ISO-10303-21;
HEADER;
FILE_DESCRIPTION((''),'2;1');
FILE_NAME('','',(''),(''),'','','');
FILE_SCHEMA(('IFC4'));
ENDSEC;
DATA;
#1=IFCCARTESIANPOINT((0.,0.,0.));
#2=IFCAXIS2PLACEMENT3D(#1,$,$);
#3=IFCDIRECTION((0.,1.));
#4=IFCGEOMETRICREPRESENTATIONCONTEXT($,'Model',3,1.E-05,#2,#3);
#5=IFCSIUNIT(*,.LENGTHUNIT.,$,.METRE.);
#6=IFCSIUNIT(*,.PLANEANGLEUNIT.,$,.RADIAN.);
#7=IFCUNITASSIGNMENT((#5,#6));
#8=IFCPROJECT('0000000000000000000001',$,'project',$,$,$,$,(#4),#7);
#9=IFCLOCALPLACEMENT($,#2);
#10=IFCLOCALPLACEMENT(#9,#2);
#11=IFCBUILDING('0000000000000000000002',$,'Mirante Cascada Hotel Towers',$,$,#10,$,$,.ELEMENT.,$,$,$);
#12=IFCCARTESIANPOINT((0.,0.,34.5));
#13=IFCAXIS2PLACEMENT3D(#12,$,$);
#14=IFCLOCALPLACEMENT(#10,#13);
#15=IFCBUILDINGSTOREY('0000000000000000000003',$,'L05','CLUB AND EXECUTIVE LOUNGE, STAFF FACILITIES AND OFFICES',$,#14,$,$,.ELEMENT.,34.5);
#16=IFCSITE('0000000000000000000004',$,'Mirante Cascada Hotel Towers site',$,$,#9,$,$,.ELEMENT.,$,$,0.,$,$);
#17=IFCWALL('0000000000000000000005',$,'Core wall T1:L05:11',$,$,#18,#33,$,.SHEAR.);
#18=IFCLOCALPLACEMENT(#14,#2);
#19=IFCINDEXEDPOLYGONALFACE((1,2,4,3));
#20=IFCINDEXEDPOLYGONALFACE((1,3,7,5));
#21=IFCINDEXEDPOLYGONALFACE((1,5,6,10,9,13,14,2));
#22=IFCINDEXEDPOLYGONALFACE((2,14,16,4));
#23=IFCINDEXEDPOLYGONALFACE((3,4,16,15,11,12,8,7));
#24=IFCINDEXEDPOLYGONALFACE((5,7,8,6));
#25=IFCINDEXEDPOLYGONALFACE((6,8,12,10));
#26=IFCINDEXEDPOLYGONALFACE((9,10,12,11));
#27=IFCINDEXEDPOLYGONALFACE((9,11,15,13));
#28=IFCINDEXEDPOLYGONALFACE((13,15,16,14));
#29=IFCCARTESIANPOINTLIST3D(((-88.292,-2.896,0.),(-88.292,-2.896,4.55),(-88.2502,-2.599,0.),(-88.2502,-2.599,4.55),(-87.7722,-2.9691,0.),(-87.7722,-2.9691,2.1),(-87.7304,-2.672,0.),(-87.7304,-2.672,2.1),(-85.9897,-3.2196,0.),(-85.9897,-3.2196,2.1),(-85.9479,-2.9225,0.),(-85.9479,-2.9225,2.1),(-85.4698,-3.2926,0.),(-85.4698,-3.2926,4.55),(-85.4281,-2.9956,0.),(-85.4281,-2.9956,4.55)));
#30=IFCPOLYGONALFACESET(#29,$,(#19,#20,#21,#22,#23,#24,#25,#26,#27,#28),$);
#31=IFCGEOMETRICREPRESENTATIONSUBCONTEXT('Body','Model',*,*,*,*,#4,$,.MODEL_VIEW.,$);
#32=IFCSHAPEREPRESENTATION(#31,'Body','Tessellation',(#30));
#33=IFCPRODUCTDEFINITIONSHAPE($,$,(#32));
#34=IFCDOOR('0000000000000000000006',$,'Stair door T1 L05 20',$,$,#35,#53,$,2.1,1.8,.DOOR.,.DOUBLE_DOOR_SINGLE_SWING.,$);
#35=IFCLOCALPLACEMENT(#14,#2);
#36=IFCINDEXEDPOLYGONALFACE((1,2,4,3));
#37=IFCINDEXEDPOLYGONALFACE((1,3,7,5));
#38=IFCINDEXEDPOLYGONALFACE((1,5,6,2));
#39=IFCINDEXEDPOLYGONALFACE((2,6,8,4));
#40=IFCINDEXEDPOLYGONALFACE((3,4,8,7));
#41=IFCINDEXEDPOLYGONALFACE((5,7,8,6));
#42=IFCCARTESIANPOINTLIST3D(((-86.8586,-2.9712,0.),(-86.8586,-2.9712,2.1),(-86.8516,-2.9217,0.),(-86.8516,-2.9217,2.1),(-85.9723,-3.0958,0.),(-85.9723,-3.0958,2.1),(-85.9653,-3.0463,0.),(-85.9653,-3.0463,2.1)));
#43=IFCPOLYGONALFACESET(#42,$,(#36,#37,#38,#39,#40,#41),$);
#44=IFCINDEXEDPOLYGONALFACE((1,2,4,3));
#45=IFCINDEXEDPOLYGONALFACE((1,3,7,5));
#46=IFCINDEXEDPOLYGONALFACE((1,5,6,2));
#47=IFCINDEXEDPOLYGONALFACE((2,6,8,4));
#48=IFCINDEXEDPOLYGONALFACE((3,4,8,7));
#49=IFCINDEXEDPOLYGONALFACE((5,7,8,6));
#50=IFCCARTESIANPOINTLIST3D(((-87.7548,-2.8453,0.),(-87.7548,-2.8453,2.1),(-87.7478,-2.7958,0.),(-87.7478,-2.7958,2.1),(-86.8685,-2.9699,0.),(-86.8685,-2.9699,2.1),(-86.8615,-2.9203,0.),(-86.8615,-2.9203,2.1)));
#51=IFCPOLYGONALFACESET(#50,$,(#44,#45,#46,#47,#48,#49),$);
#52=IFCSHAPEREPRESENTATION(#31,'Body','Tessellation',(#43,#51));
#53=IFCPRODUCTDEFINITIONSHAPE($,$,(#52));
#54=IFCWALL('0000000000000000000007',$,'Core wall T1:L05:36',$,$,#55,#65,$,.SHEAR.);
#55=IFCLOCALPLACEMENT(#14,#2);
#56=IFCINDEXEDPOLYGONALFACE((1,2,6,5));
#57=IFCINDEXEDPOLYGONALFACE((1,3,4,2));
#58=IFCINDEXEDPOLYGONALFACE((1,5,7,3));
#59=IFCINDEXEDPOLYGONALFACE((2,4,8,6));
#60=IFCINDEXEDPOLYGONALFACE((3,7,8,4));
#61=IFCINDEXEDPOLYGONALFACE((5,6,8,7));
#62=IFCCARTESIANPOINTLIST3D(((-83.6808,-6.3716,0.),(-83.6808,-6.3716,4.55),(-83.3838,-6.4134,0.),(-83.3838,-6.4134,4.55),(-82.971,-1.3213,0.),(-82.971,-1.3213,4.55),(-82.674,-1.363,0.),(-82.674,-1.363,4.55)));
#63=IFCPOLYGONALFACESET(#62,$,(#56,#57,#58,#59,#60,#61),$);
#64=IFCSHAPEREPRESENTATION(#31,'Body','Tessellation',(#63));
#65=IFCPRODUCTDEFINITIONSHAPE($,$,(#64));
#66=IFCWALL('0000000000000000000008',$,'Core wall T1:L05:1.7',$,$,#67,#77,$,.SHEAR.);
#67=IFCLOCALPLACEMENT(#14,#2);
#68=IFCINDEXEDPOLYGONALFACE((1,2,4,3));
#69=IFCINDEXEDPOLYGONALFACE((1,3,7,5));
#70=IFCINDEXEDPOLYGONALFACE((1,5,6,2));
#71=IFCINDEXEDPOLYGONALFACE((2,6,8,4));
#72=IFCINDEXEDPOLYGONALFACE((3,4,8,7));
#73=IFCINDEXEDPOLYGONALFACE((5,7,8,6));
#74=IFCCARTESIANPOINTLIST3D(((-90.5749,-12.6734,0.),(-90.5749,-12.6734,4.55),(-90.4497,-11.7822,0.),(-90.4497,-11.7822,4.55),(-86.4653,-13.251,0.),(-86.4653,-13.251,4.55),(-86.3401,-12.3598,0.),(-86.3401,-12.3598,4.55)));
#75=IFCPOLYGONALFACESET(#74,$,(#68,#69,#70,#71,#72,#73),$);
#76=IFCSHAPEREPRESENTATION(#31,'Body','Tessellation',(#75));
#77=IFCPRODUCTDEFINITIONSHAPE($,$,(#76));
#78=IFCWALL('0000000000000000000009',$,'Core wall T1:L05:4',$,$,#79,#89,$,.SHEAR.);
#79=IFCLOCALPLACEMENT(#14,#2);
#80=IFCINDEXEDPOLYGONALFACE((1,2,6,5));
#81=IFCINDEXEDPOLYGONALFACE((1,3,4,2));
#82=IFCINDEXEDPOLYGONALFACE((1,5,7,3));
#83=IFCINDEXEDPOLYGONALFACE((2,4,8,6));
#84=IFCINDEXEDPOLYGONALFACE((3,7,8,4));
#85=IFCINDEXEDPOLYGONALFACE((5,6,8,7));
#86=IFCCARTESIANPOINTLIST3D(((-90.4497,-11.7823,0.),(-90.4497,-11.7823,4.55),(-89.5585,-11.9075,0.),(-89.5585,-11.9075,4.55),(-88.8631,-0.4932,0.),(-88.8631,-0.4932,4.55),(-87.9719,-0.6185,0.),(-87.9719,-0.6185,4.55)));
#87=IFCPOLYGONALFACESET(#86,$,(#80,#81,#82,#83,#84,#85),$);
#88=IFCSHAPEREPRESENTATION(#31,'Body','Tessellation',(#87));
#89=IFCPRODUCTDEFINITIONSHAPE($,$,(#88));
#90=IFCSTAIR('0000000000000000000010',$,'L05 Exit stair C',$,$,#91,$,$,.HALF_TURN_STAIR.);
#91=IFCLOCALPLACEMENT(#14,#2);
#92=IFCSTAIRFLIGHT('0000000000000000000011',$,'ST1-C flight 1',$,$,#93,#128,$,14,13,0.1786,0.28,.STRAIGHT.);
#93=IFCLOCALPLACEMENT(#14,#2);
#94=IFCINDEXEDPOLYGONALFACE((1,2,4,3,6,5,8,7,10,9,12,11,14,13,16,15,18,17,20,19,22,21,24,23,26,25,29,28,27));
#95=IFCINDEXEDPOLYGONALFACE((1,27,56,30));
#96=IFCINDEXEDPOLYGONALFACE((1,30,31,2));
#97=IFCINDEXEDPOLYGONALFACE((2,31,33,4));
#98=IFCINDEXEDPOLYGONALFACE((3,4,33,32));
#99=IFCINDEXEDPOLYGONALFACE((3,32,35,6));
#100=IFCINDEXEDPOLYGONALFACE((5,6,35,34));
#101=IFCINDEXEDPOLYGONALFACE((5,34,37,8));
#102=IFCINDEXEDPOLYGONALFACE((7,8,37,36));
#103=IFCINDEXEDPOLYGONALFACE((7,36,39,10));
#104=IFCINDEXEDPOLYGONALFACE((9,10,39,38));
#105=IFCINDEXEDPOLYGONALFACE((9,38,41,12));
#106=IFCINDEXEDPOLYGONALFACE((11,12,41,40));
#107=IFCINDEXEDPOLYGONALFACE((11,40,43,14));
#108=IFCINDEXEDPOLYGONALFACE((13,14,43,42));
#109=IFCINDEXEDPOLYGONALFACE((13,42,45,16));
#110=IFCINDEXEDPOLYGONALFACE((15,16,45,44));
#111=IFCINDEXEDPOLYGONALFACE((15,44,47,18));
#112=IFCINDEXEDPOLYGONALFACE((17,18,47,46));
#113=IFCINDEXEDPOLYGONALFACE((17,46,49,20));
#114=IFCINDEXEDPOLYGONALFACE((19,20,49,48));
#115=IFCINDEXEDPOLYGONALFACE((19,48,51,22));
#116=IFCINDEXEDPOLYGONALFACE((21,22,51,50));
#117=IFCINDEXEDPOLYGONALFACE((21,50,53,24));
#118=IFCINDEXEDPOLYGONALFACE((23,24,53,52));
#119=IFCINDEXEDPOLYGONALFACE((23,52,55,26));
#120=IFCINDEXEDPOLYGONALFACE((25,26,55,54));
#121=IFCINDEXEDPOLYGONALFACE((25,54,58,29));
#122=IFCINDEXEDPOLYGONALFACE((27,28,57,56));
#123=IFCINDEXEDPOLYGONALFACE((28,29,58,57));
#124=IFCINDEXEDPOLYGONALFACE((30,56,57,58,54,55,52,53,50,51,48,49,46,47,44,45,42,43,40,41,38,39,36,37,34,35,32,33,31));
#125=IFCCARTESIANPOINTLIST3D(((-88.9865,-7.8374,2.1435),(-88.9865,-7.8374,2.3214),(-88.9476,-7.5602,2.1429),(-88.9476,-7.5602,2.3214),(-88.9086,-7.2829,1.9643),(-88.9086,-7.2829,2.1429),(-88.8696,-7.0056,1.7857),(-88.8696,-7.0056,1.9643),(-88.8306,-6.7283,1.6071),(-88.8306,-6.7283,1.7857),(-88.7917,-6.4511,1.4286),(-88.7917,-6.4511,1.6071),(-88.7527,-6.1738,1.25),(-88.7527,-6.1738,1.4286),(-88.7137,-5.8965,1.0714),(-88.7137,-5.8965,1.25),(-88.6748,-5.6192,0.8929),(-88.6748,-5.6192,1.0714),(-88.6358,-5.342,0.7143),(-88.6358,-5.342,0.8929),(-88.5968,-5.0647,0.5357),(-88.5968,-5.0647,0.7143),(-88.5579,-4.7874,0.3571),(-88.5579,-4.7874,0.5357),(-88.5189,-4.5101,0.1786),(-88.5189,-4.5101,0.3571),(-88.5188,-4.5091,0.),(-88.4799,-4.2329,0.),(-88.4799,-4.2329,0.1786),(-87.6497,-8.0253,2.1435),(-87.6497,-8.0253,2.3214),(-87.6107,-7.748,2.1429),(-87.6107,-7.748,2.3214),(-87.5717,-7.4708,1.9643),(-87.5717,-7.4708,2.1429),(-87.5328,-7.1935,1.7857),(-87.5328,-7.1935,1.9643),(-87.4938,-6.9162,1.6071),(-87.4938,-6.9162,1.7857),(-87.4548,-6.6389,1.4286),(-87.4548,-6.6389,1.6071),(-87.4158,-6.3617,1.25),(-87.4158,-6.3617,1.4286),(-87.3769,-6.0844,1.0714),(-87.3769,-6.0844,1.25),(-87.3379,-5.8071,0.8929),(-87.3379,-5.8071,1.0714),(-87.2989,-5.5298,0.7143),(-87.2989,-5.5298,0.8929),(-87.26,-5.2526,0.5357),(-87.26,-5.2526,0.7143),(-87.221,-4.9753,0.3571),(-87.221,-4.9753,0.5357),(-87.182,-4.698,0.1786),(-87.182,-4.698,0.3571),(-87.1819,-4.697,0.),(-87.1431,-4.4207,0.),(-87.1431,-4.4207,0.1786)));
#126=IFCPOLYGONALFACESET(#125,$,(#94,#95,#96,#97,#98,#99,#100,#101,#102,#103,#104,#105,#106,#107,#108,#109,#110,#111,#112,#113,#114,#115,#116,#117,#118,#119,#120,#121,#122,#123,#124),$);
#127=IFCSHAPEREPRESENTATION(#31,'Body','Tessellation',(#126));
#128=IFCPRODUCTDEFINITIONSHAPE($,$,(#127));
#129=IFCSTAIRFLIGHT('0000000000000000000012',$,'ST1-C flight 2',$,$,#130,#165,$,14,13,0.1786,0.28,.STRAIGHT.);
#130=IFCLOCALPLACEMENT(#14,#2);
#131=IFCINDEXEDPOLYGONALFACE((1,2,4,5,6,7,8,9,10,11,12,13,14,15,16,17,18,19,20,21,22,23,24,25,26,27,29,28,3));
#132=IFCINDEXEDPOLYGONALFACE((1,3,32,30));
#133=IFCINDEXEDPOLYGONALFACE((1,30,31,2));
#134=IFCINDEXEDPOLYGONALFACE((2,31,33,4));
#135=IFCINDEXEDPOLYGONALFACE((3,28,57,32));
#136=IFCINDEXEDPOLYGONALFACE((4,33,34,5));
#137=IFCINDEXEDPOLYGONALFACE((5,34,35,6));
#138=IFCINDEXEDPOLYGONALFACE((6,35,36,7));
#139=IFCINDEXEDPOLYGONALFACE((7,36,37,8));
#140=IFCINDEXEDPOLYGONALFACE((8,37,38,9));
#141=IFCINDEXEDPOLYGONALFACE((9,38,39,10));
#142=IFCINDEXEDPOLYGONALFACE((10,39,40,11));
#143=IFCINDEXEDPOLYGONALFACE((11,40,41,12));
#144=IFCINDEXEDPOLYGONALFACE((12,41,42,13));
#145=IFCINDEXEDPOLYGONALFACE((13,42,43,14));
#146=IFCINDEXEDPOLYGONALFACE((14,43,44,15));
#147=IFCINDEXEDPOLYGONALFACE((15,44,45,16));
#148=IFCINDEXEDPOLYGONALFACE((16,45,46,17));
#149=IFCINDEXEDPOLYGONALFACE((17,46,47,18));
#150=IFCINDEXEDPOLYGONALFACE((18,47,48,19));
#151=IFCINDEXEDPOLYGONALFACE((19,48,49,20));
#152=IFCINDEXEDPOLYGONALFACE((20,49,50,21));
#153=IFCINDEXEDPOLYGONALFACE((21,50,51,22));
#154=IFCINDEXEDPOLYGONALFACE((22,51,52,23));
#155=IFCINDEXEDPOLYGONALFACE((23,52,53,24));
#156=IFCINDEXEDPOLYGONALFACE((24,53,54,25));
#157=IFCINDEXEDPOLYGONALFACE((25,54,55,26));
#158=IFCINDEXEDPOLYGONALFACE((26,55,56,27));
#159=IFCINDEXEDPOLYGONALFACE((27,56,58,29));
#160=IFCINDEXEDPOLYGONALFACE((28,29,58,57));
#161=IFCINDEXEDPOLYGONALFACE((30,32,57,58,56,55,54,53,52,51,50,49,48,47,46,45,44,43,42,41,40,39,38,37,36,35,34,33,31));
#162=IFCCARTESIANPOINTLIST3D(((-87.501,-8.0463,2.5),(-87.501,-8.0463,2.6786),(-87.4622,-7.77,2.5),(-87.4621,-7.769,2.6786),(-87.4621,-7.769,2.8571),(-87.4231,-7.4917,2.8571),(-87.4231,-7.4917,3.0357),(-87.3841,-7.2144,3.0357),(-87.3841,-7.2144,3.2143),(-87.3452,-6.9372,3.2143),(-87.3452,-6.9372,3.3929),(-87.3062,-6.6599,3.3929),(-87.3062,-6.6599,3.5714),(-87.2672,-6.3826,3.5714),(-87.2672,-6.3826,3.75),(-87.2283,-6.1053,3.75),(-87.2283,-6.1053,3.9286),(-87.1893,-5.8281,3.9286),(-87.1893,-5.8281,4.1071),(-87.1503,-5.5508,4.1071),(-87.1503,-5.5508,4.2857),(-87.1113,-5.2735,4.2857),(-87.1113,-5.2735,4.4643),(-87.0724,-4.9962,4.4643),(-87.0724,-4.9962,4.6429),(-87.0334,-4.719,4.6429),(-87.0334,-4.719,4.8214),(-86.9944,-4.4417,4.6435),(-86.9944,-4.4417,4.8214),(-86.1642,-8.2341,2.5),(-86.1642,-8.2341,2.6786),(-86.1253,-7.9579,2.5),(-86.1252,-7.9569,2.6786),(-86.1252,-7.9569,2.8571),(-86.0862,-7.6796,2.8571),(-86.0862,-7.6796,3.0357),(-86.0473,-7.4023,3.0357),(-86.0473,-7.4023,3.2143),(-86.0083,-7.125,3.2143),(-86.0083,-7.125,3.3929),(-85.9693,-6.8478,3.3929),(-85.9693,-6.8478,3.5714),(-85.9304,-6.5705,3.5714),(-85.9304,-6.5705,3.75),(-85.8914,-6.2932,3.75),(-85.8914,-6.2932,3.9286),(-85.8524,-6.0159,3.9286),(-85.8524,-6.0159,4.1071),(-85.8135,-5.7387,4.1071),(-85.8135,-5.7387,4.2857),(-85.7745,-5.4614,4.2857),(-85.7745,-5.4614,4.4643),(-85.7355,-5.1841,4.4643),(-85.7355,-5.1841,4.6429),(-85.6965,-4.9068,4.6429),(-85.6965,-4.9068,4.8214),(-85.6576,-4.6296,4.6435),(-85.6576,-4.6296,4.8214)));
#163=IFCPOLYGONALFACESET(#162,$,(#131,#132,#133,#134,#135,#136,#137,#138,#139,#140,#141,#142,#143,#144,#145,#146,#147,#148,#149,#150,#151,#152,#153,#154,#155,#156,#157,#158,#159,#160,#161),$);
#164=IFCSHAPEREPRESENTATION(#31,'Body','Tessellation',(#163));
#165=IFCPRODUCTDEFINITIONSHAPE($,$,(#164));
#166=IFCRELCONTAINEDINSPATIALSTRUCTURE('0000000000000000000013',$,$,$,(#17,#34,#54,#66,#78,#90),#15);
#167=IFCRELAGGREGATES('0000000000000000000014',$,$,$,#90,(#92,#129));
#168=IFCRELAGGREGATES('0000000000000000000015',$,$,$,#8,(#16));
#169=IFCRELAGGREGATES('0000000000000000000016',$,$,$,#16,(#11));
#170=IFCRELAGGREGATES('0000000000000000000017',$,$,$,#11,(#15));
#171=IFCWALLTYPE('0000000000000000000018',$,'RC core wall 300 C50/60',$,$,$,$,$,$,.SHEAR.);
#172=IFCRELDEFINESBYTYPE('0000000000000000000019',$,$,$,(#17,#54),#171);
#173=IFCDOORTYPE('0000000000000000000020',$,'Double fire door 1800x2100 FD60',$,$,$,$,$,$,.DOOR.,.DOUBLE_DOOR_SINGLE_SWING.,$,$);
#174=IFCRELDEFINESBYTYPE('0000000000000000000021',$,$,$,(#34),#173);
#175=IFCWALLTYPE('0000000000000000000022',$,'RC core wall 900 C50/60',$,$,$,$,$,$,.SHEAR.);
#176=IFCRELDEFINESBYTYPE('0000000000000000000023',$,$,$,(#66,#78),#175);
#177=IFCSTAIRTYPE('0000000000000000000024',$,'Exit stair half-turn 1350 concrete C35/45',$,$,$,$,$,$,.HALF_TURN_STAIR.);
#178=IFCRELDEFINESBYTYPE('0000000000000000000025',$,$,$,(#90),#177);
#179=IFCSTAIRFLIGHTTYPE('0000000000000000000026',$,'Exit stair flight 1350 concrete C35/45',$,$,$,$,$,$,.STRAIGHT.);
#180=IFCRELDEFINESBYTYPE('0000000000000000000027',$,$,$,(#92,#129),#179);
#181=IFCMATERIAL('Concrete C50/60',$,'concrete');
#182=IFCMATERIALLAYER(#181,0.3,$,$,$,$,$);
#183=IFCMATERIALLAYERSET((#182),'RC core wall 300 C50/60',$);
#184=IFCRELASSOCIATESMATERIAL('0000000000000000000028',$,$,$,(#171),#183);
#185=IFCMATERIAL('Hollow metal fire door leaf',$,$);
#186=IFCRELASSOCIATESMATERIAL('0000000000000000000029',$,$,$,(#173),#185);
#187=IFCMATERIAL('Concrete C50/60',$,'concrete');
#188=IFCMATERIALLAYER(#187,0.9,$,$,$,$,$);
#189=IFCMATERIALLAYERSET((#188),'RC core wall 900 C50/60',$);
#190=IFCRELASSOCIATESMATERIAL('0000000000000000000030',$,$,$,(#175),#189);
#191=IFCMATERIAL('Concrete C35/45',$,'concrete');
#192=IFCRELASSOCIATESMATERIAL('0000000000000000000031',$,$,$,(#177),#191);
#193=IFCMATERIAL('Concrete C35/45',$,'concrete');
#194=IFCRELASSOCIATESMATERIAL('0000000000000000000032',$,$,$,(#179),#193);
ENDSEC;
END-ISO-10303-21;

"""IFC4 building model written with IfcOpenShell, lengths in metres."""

from ifc_helpers import new_model, si_unit, direction, frame, frame_2d, origin, place, context, subcontext, project, spatial, polyline, rectangle, outline, extrude, material, layer, layer_set, type_object, element, fill, aggregate, save


model = new_model("IFC4")

# Units and contexts
model_context = context("Model", 3, precision=1e-05, world=origin(), true_north=direction((0.0, 1.0)))
body_context = subcontext(model_context, "Body", "Model", "MODEL_VIEW")
ifc_project = project(units=[si_unit("LENGTHUNIT", "METRE"), si_unit("PLANEANGLEUNIT", "RADIAN")], contexts=[model_context])

# Site, building, storey
site_placement = place(None, origin())
site = spatial("IfcSite", under=ifc_project, at=site_placement, Name="Mirante Cascada Hotel Towers site", CompositionType="ELEMENT", RefElevation=0.0)
building_placement = place(site_placement, origin())
building = spatial("IfcBuilding", under=site, at=building_placement, Name="Mirante Cascada Hotel Towers", CompositionType="ELEMENT")
storey_placement = place(building_placement, frame((0.0, 0.0, 34.5)))
storey = spatial("IfcBuildingStorey", under=building, at=storey_placement, Name="L05", Description="CLUB AND EXECUTIVE LOUNGE, STAFF FACILITIES AND OFFICES", CompositionType="ELEMENT", Elevation=34.5)

# Shared definitions
ifc_material_1 = material(Name="Concrete C50/60", Category="concrete")
ifc_layer_1 = layer(ifc_material_1, 0.3)
ifc_layer_set_1 = layer_set([ifc_layer_1], Name="RC core wall 300 C50/60")
wall_type_1 = type_object("IfcWallType", Name="RC core wall 300 C50/60", PredefinedType="SHEAR", material=ifc_layer_set_1)

# Wall, opening, door
wall_1_placement = place(storey_placement, frame((-85.4489, -3.1441, 0.0), z_axis=(0.0, 0.0, 1.0), x_axis=(-0.99027, 0.139161, 0.0)))
wall_1 = element("IfcWall", 1, at=wall_1_placement, inside=storey, type_object=wall_type_1, Name="Core wall T1:L05:11", PredefinedType="SHEAR", context=body_context, shape_type="SweptSolid", body=[
    extrude(rectangle(XDim=2.8499, YDim=0.3, at=frame_2d((1.425, 0.0))), origin(), (0.0, 0.0, 1.0), 4.55),
])
opening_1_placement = place(wall_1_placement, frame((0.525, 0.0, 0.0)))
opening_1 = element("IfcOpeningElement", 2, at=opening_1_placement, cuts=wall_1, PredefinedType="OPENING", context=body_context, shape_type="SweptSolid", body=[
    extrude(rectangle(XDim=1.8, YDim=2.1, at=frame_2d((0.9, 1.05))), frame((0.0, 0.15, 0.0), z_axis=(0.0, -1.0, 0.0), x_axis=(1.0, 0.0, 0.0)), (0.0, 0.0, 1.0), 0.3),
])
ifc_material_2 = material(Name="Hollow metal fire door leaf")
door_type = type_object("IfcDoorType", Name="Double fire door 1800x2100 FD60", OperationType="DOUBLE_DOOR_SINGLE_SWING", PredefinedType="DOOR", material=ifc_material_2)
door_placement = place(opening_1_placement, origin())
door = element("IfcDoor", 3, at=door_placement, inside=storey, type_object=door_type, Name="Stair door T1 L05 20", OperationType="DOUBLE_DOOR_SINGLE_SWING", OverallHeight=2.1, OverallWidth=1.8, PredefinedType="DOOR", context=body_context, shape_type="SweptSolid", body=[
    extrude(rectangle(XDim=0.895, YDim=2.1, at=frame_2d((0.4475, 1.05))), frame((0.0, 0.025, 0.0), z_axis=(0.0, -1.0, 0.0), x_axis=(1.0, 0.0, 0.0)), (0.0, 0.0, 1.0), 0.05),
    extrude(rectangle(XDim=0.895, YDim=2.1, at=frame_2d((1.3525, 1.05))), frame((0.0, 0.025, 0.0), z_axis=(0.0, -1.0, 0.0), x_axis=(1.0, 0.0, 0.0)), (0.0, 0.0, 1.0), 0.05),
])
fill(opening_1, door)

# Walls
wall_2_placement = place(storey_placement, frame((-83.5323, -6.3925, 0.0), z_axis=(0.0, 0.0, 1.0), x_axis=(0.139176, 0.990268, 0.0)))
element("IfcWall", 4, at=wall_2_placement, inside=storey, type_object=wall_type_1, Name="Core wall T1:L05:36", PredefinedType="SHEAR", context=body_context, shape_type="SweptSolid", body=[
    extrude(rectangle(XDim=5.1, YDim=0.3, at=frame_2d((2.55, 0.0))), origin(), (0.0, 0.0, 1.0), 4.55),
])
ifc_material_3 = material(Name="Concrete C50/60", Category="concrete")
ifc_layer_2 = layer(ifc_material_3, 0.9)
ifc_layer_set_2 = layer_set([ifc_layer_2], Name="RC core wall 900 C50/60")
wall_type_2 = type_object("IfcWallType", Name="RC core wall 900 C50/60", PredefinedType="SHEAR", material=ifc_layer_set_2)
wall_3_placement = place(storey_placement, frame((-86.4027, -12.8054, 0.0), z_axis=(0.0, 0.0, 1.0), x_axis=(-0.990267, 0.139181, 0.0)))
element("IfcWall", 5, at=wall_3_placement, inside=storey, type_object=wall_type_2, Name="Core wall T1:L05:1.7", PredefinedType="SHEAR", context=body_context, shape_type="SweptSolid", body=[
    extrude(rectangle(XDim=4.15, YDim=0.9, at=frame_2d((2.075, 0.0))), origin(), (0.0, 0.0, 1.0), 4.55),
])
wall_4_placement = place(storey_placement, frame((-90.0041, -11.8449, 0.0), z_axis=(0.0, 0.0, 1.0), x_axis=(0.139175, 0.990268, 0.0)))
element("IfcWall", 6, at=wall_4_placement, inside=storey, type_object=wall_type_2, Name="Core wall T1:L05:4", PredefinedType="SHEAR", context=body_context, shape_type="SweptSolid", body=[
    extrude(rectangle(XDim=11.4, YDim=0.9, at=frame_2d((5.7, 0.0))), origin(), (0.0, 0.0, 1.0), 4.55),
])

# Stair, stair flights
ifc_material_4 = material(Name="Concrete C35/45", Category="concrete")
stair_type = type_object("IfcStairType", Name="Exit stair half-turn 1350 concrete C35/45", PredefinedType="HALF_TURN_STAIR", material=ifc_material_4)
stair_placement = place(storey_placement, origin())
stair = element("IfcStair", 7, at=stair_placement, inside=storey, type_object=stair_type, Name="L05 Exit stair C", PredefinedType="HALF_TURN_STAIR")
ifc_material_5 = material(Name="Concrete C35/45", Category="concrete")
stair_flight_type = type_object("IfcStairFlightType", Name="Exit stair flight 1350 concrete C35/45", PredefinedType="STRAIGHT", material=ifc_material_5)
stair_flight_1_placement = place(storey_placement, frame((-87.8115, -4.3268, 0.0), z_axis=(0.0, 0.0, 1.0), x_axis=(-0.139173, -0.990268, 0.0)))
stair_flight_1 = element("IfcStairFlight", 8, at=stair_flight_1_placement, type_object=stair_flight_type, Name="ST1-C flight 1", NumberOfRisers=14, NumberOfTreads=13, PredefinedType="STRAIGHT", RiserHeight=0.1786, TreadLength=0.28, context=body_context, shape_type="SweptSolid", body=[
    extrude(outline(polyline([(0.0, 0.0), (0.0, 0.1786), (0.28, 0.1786), (0.28, 0.3571), (0.56, 0.3571), (0.56, 0.5357), (0.84, 0.5357), (0.84, 0.7143), (1.12, 0.7143), (1.12, 0.8929), (1.4, 0.8929), (1.4, 1.0714), (1.68, 1.0714), (1.68, 1.25), (1.96, 1.25), (1.96, 1.4286), (2.24, 1.4286), (2.24, 1.6071), (2.52, 1.6071), (2.52, 1.7857), (2.8, 1.7857), (2.8, 1.9643), (3.08, 1.9643), (3.08, 2.1429), (3.36, 2.1429), (3.36, 2.3214), (3.64, 2.3214), (3.64, 2.5), (3.64, 2.1435), (0.279, 0.0), (0.0, 0.0)])), frame((0.0, 0.675, 0.0), z_axis=(0.0, -1.0, 0.0), x_axis=(1.0, 0.0, 0.0)), (0.0, 0.0, 1.0), 1.35),
])
stair_flight_2_placement = place(storey_placement, frame((-86.8326, -8.1402, 2.5), z_axis=(0.0, 0.0, 1.0), x_axis=(0.139173, 0.990268, 0.0)))
stair_flight_2 = element("IfcStairFlight", 9, at=stair_flight_2_placement, type_object=stair_flight_type, Name="ST1-C flight 2", NumberOfRisers=14, NumberOfTreads=13, PredefinedType="STRAIGHT", RiserHeight=0.1786, TreadLength=0.28, context=body_context, shape_type="SweptSolid", body=[
    extrude(outline(polyline([(0.0, 0.0), (0.0, 0.1786), (0.28, 0.1786), (0.28, 0.3571), (0.56, 0.3571), (0.56, 0.5357), (0.84, 0.5357), (0.84, 0.7143), (1.12, 0.7143), (1.12, 0.8929), (1.4, 0.8929), (1.4, 1.0714), (1.68, 1.0714), (1.68, 1.25), (1.96, 1.25), (1.96, 1.4286), (2.24, 1.4286), (2.24, 1.6071), (2.52, 1.6071), (2.52, 1.7857), (2.8, 1.7857), (2.8, 1.9643), (3.08, 1.9643), (3.08, 2.1429), (3.36, 2.1429), (3.36, 2.3214), (3.64, 2.3214), (3.64, 2.5), (3.64, 2.1435), (0.279, 0.0), (0.0, 0.0)])), frame((0.0, 0.675, 0.0), z_axis=(0.0, -1.0, 0.0), x_axis=(1.0, 0.0, 0.0)), (0.0, 0.0, 1.0), 1.35),
])
aggregate(stair, [stair_flight_1, stair_flight_2])

save(model, "model.ifc")
